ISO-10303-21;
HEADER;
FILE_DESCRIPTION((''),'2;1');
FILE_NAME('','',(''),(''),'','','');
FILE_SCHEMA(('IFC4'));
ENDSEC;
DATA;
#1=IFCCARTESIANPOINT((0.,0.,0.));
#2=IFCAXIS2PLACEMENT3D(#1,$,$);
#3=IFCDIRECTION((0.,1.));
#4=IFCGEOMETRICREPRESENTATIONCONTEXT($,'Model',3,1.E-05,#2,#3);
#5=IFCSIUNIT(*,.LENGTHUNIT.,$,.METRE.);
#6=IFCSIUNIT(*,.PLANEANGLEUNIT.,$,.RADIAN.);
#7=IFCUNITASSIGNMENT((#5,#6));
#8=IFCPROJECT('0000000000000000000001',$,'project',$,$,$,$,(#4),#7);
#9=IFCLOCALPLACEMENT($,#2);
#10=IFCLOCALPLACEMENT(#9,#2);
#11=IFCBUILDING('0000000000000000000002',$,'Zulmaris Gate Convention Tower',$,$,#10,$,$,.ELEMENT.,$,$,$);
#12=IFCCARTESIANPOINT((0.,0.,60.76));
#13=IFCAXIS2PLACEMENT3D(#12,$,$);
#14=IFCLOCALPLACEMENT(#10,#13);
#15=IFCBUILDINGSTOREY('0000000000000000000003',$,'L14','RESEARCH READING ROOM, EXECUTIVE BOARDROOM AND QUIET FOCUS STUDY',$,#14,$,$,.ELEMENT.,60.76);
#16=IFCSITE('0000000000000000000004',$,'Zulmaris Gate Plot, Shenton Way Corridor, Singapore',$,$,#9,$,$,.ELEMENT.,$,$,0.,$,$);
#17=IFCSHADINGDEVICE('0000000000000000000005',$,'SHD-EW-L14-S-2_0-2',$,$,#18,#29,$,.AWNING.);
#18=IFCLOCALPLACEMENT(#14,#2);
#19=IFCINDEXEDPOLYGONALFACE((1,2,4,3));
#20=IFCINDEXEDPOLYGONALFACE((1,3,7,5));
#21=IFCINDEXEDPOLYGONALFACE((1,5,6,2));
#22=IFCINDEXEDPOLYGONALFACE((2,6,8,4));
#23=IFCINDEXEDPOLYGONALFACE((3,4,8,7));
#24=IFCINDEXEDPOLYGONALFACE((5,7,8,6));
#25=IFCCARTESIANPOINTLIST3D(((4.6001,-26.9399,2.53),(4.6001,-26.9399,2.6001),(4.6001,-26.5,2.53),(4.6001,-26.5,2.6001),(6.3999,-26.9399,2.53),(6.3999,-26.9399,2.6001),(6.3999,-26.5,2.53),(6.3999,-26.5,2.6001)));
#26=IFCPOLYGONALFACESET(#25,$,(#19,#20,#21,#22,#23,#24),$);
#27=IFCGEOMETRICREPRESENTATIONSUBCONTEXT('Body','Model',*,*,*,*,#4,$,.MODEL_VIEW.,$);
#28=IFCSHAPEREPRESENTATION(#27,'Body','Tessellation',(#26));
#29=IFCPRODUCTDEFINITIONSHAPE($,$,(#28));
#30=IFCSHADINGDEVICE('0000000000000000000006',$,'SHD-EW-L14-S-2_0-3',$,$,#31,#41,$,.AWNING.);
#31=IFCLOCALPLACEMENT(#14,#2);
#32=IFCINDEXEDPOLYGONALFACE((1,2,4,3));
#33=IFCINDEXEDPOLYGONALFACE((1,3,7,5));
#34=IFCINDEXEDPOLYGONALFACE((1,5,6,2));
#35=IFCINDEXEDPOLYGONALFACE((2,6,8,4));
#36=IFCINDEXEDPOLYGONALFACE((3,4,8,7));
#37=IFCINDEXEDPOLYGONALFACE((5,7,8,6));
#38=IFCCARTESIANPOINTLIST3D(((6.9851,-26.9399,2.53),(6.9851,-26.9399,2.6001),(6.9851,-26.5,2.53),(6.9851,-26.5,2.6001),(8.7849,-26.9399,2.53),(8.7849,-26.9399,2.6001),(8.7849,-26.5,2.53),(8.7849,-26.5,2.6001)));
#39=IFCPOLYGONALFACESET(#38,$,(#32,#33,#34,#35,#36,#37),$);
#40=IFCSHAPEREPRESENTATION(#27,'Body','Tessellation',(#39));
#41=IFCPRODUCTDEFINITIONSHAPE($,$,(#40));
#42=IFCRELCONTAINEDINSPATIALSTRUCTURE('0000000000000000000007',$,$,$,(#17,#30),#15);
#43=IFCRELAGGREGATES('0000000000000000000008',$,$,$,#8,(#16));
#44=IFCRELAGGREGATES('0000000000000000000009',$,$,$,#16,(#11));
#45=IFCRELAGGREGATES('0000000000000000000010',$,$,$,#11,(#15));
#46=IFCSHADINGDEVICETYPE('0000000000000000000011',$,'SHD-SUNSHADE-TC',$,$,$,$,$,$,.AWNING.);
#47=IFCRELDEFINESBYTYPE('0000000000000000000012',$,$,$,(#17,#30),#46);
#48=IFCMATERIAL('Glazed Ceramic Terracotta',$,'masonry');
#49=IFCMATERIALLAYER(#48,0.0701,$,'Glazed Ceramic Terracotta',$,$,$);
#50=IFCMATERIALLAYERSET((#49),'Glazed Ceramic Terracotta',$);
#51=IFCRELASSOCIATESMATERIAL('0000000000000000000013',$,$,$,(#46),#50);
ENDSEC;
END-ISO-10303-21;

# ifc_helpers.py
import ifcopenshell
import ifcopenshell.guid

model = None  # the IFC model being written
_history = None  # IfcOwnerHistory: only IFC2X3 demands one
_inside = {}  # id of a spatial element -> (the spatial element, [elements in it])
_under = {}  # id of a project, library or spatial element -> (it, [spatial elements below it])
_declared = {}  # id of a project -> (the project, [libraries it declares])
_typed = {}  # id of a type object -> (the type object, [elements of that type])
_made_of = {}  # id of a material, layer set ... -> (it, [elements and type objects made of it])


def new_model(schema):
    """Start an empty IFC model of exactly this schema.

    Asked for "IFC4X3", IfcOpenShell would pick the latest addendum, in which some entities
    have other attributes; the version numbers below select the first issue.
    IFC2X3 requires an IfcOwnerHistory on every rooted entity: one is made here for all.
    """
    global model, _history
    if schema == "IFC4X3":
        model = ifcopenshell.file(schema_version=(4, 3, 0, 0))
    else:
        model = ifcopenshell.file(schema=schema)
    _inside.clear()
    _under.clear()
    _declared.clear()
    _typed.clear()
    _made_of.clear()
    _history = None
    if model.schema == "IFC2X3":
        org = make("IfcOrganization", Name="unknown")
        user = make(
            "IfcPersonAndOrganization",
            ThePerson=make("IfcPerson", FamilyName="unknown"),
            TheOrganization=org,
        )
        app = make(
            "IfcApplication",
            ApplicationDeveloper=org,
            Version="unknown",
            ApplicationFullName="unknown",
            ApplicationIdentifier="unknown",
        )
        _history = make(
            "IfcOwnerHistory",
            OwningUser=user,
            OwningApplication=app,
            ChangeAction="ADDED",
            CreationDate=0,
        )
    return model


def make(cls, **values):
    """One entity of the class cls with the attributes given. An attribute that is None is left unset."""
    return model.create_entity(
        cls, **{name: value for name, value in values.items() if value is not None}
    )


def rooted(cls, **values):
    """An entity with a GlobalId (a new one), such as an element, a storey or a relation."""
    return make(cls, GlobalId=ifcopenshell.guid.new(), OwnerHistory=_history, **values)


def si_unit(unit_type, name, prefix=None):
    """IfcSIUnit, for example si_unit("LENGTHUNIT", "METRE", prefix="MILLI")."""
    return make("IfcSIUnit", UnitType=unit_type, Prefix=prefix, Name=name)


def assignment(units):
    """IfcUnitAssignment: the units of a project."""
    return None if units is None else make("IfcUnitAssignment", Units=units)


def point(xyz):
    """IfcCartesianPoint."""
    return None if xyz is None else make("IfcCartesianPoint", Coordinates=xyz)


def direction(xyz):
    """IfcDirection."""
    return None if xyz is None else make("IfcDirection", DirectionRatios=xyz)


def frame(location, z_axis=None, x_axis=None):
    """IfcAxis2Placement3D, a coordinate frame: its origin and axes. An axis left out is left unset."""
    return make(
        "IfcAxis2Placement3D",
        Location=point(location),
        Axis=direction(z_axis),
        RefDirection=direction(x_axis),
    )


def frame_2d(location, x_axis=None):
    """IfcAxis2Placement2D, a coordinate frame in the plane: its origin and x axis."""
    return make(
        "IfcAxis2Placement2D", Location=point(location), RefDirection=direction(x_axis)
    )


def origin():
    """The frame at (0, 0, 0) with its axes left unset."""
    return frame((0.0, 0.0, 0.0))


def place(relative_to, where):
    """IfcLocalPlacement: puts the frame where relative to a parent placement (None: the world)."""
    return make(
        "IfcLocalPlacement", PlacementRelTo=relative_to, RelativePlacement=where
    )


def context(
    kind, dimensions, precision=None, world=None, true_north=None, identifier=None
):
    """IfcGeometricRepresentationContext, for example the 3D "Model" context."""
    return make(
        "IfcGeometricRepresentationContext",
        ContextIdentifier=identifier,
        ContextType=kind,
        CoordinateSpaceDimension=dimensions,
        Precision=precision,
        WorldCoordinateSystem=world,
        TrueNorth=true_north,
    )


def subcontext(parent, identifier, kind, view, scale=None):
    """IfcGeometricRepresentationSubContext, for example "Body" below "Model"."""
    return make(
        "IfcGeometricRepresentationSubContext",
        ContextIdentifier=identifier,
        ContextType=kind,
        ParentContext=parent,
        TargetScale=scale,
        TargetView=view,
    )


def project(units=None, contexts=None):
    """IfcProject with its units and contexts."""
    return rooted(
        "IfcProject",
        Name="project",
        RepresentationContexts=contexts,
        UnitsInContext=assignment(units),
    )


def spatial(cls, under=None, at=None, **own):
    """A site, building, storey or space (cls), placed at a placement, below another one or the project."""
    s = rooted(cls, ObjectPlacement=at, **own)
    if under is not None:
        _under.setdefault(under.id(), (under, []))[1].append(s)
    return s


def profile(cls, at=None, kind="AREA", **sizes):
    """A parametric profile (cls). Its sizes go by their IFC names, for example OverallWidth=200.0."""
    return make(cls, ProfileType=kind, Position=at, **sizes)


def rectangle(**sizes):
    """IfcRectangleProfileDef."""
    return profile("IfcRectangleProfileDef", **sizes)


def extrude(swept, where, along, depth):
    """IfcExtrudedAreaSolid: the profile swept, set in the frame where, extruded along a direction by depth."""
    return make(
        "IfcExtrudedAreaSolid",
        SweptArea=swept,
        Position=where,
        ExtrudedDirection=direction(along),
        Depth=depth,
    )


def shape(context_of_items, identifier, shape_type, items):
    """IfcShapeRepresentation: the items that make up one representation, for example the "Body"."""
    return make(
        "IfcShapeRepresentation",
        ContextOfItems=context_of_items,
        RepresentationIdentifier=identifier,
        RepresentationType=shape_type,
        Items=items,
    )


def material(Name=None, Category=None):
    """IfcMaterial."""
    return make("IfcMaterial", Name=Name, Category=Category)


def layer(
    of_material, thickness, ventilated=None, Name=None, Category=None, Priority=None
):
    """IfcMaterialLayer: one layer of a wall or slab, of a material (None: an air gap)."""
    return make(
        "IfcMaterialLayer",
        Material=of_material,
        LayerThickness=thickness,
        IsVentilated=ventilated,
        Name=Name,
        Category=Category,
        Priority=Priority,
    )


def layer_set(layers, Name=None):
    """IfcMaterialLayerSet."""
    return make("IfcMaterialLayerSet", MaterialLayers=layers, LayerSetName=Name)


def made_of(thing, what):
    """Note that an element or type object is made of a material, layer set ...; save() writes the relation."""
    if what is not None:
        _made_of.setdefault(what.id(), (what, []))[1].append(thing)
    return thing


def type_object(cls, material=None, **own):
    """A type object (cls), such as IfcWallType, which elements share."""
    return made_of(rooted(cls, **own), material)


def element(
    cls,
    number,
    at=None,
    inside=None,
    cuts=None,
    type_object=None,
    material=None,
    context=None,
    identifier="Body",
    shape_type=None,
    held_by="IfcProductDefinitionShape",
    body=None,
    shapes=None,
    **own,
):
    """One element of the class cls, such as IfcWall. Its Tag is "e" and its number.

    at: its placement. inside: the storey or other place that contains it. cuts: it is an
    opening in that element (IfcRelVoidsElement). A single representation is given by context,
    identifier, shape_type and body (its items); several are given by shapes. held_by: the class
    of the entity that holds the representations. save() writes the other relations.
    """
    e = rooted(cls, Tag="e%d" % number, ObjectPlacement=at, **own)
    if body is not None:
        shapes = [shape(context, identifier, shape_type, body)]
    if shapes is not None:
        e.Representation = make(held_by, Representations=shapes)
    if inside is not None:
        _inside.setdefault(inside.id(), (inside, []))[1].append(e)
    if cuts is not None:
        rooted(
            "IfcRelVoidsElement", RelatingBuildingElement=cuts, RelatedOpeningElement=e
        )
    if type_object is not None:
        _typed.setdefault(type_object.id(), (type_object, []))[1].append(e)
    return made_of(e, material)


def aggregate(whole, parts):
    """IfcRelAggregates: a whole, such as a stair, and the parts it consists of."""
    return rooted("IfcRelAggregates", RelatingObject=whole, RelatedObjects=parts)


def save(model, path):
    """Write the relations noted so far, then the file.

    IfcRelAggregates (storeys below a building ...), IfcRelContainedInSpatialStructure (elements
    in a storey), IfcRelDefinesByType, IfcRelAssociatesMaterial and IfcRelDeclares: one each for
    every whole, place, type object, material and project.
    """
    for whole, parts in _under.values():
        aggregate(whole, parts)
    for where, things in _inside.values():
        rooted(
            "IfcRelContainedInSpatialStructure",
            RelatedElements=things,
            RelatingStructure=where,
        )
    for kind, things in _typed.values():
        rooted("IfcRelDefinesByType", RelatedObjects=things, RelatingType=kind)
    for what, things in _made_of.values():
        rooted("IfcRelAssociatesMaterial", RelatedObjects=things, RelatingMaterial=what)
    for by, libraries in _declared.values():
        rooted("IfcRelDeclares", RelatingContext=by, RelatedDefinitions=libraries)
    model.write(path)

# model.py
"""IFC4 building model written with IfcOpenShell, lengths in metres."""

from ifc_helpers import new_model, si_unit, direction, frame, frame_2d, origin, place, context, subcontext, project, spatial, rectangle, extrude, material, layer, layer_set, type_object, element, save


model = new_model("IFC4")

# Units and contexts
model_context = context("Model", 3, precision=1e-05, world=origin(), true_north=direction((0.0, 1.0)))
body_context = subcontext(model_context, "Body", "Model", "MODEL_VIEW")
ifc_project = project(units=[si_unit("LENGTHUNIT", "METRE"), si_unit("PLANEANGLEUNIT", "RADIAN")], contexts=[model_context])

# Site, building, storey
site_placement = place(None, origin())
site = spatial("IfcSite", under=ifc_project, at=site_placement, Name="Zulmaris Gate Plot, Shenton Way Corridor, Singapore", CompositionType="ELEMENT", RefElevation=0.0)
building_placement = place(site_placement, origin())
building = spatial("IfcBuilding", under=site, at=building_placement, Name="Zulmaris Gate Convention Tower", CompositionType="ELEMENT")
storey_placement = place(building_placement, frame((0.0, 0.0, 60.76)))
storey = spatial("IfcBuildingStorey", under=building, at=storey_placement, Name="L14", Description="RESEARCH READING ROOM, EXECUTIVE BOARDROOM AND QUIET FOCUS STUDY", CompositionType="ELEMENT", Elevation=60.76)

# Shading devices
ifc_material_1 = material(Name="Glazed Ceramic Terracotta", Category="masonry")
ifc_layer_1 = layer(ifc_material_1, 0.0701, Name="Glazed Ceramic Terracotta")
ifc_layer_set_1 = layer_set([ifc_layer_1], Name="Glazed Ceramic Terracotta")
shading_device_type = type_object("IfcShadingDeviceType", Name="SHD-SUNSHADE-TC", PredefinedType="AWNING", material=ifc_layer_set_1)
for number, where, z_axis, x_axis, name in (
    (1, (4.6001, -26.72, 2.53), (0.0, 0.0, 1.0), (1.0, 0.0, 0.0), "SHD-EW-L14-S-2_0-2"),
    (2, (6.9851, -26.72, 2.53), (0.0, 0.0, 1.0), (1.0, 0.0, 0.0), "SHD-EW-L14-S-2_0-3"),
):
    element("IfcShadingDevice", number, at=place(storey_placement, frame(where, z_axis=z_axis, x_axis=x_axis)), inside=storey, type_object=shading_device_type, Name=name, PredefinedType="AWNING", context=body_context, shape_type="SweptSolid", body=[
        extrude(rectangle(XDim=1.7998, YDim=0.4399, at=frame_2d((0.8999, 0.0))), origin(), (0.0, 0.0, 1.0), 0.0701),
    ])

save(model, "model.ifc")
